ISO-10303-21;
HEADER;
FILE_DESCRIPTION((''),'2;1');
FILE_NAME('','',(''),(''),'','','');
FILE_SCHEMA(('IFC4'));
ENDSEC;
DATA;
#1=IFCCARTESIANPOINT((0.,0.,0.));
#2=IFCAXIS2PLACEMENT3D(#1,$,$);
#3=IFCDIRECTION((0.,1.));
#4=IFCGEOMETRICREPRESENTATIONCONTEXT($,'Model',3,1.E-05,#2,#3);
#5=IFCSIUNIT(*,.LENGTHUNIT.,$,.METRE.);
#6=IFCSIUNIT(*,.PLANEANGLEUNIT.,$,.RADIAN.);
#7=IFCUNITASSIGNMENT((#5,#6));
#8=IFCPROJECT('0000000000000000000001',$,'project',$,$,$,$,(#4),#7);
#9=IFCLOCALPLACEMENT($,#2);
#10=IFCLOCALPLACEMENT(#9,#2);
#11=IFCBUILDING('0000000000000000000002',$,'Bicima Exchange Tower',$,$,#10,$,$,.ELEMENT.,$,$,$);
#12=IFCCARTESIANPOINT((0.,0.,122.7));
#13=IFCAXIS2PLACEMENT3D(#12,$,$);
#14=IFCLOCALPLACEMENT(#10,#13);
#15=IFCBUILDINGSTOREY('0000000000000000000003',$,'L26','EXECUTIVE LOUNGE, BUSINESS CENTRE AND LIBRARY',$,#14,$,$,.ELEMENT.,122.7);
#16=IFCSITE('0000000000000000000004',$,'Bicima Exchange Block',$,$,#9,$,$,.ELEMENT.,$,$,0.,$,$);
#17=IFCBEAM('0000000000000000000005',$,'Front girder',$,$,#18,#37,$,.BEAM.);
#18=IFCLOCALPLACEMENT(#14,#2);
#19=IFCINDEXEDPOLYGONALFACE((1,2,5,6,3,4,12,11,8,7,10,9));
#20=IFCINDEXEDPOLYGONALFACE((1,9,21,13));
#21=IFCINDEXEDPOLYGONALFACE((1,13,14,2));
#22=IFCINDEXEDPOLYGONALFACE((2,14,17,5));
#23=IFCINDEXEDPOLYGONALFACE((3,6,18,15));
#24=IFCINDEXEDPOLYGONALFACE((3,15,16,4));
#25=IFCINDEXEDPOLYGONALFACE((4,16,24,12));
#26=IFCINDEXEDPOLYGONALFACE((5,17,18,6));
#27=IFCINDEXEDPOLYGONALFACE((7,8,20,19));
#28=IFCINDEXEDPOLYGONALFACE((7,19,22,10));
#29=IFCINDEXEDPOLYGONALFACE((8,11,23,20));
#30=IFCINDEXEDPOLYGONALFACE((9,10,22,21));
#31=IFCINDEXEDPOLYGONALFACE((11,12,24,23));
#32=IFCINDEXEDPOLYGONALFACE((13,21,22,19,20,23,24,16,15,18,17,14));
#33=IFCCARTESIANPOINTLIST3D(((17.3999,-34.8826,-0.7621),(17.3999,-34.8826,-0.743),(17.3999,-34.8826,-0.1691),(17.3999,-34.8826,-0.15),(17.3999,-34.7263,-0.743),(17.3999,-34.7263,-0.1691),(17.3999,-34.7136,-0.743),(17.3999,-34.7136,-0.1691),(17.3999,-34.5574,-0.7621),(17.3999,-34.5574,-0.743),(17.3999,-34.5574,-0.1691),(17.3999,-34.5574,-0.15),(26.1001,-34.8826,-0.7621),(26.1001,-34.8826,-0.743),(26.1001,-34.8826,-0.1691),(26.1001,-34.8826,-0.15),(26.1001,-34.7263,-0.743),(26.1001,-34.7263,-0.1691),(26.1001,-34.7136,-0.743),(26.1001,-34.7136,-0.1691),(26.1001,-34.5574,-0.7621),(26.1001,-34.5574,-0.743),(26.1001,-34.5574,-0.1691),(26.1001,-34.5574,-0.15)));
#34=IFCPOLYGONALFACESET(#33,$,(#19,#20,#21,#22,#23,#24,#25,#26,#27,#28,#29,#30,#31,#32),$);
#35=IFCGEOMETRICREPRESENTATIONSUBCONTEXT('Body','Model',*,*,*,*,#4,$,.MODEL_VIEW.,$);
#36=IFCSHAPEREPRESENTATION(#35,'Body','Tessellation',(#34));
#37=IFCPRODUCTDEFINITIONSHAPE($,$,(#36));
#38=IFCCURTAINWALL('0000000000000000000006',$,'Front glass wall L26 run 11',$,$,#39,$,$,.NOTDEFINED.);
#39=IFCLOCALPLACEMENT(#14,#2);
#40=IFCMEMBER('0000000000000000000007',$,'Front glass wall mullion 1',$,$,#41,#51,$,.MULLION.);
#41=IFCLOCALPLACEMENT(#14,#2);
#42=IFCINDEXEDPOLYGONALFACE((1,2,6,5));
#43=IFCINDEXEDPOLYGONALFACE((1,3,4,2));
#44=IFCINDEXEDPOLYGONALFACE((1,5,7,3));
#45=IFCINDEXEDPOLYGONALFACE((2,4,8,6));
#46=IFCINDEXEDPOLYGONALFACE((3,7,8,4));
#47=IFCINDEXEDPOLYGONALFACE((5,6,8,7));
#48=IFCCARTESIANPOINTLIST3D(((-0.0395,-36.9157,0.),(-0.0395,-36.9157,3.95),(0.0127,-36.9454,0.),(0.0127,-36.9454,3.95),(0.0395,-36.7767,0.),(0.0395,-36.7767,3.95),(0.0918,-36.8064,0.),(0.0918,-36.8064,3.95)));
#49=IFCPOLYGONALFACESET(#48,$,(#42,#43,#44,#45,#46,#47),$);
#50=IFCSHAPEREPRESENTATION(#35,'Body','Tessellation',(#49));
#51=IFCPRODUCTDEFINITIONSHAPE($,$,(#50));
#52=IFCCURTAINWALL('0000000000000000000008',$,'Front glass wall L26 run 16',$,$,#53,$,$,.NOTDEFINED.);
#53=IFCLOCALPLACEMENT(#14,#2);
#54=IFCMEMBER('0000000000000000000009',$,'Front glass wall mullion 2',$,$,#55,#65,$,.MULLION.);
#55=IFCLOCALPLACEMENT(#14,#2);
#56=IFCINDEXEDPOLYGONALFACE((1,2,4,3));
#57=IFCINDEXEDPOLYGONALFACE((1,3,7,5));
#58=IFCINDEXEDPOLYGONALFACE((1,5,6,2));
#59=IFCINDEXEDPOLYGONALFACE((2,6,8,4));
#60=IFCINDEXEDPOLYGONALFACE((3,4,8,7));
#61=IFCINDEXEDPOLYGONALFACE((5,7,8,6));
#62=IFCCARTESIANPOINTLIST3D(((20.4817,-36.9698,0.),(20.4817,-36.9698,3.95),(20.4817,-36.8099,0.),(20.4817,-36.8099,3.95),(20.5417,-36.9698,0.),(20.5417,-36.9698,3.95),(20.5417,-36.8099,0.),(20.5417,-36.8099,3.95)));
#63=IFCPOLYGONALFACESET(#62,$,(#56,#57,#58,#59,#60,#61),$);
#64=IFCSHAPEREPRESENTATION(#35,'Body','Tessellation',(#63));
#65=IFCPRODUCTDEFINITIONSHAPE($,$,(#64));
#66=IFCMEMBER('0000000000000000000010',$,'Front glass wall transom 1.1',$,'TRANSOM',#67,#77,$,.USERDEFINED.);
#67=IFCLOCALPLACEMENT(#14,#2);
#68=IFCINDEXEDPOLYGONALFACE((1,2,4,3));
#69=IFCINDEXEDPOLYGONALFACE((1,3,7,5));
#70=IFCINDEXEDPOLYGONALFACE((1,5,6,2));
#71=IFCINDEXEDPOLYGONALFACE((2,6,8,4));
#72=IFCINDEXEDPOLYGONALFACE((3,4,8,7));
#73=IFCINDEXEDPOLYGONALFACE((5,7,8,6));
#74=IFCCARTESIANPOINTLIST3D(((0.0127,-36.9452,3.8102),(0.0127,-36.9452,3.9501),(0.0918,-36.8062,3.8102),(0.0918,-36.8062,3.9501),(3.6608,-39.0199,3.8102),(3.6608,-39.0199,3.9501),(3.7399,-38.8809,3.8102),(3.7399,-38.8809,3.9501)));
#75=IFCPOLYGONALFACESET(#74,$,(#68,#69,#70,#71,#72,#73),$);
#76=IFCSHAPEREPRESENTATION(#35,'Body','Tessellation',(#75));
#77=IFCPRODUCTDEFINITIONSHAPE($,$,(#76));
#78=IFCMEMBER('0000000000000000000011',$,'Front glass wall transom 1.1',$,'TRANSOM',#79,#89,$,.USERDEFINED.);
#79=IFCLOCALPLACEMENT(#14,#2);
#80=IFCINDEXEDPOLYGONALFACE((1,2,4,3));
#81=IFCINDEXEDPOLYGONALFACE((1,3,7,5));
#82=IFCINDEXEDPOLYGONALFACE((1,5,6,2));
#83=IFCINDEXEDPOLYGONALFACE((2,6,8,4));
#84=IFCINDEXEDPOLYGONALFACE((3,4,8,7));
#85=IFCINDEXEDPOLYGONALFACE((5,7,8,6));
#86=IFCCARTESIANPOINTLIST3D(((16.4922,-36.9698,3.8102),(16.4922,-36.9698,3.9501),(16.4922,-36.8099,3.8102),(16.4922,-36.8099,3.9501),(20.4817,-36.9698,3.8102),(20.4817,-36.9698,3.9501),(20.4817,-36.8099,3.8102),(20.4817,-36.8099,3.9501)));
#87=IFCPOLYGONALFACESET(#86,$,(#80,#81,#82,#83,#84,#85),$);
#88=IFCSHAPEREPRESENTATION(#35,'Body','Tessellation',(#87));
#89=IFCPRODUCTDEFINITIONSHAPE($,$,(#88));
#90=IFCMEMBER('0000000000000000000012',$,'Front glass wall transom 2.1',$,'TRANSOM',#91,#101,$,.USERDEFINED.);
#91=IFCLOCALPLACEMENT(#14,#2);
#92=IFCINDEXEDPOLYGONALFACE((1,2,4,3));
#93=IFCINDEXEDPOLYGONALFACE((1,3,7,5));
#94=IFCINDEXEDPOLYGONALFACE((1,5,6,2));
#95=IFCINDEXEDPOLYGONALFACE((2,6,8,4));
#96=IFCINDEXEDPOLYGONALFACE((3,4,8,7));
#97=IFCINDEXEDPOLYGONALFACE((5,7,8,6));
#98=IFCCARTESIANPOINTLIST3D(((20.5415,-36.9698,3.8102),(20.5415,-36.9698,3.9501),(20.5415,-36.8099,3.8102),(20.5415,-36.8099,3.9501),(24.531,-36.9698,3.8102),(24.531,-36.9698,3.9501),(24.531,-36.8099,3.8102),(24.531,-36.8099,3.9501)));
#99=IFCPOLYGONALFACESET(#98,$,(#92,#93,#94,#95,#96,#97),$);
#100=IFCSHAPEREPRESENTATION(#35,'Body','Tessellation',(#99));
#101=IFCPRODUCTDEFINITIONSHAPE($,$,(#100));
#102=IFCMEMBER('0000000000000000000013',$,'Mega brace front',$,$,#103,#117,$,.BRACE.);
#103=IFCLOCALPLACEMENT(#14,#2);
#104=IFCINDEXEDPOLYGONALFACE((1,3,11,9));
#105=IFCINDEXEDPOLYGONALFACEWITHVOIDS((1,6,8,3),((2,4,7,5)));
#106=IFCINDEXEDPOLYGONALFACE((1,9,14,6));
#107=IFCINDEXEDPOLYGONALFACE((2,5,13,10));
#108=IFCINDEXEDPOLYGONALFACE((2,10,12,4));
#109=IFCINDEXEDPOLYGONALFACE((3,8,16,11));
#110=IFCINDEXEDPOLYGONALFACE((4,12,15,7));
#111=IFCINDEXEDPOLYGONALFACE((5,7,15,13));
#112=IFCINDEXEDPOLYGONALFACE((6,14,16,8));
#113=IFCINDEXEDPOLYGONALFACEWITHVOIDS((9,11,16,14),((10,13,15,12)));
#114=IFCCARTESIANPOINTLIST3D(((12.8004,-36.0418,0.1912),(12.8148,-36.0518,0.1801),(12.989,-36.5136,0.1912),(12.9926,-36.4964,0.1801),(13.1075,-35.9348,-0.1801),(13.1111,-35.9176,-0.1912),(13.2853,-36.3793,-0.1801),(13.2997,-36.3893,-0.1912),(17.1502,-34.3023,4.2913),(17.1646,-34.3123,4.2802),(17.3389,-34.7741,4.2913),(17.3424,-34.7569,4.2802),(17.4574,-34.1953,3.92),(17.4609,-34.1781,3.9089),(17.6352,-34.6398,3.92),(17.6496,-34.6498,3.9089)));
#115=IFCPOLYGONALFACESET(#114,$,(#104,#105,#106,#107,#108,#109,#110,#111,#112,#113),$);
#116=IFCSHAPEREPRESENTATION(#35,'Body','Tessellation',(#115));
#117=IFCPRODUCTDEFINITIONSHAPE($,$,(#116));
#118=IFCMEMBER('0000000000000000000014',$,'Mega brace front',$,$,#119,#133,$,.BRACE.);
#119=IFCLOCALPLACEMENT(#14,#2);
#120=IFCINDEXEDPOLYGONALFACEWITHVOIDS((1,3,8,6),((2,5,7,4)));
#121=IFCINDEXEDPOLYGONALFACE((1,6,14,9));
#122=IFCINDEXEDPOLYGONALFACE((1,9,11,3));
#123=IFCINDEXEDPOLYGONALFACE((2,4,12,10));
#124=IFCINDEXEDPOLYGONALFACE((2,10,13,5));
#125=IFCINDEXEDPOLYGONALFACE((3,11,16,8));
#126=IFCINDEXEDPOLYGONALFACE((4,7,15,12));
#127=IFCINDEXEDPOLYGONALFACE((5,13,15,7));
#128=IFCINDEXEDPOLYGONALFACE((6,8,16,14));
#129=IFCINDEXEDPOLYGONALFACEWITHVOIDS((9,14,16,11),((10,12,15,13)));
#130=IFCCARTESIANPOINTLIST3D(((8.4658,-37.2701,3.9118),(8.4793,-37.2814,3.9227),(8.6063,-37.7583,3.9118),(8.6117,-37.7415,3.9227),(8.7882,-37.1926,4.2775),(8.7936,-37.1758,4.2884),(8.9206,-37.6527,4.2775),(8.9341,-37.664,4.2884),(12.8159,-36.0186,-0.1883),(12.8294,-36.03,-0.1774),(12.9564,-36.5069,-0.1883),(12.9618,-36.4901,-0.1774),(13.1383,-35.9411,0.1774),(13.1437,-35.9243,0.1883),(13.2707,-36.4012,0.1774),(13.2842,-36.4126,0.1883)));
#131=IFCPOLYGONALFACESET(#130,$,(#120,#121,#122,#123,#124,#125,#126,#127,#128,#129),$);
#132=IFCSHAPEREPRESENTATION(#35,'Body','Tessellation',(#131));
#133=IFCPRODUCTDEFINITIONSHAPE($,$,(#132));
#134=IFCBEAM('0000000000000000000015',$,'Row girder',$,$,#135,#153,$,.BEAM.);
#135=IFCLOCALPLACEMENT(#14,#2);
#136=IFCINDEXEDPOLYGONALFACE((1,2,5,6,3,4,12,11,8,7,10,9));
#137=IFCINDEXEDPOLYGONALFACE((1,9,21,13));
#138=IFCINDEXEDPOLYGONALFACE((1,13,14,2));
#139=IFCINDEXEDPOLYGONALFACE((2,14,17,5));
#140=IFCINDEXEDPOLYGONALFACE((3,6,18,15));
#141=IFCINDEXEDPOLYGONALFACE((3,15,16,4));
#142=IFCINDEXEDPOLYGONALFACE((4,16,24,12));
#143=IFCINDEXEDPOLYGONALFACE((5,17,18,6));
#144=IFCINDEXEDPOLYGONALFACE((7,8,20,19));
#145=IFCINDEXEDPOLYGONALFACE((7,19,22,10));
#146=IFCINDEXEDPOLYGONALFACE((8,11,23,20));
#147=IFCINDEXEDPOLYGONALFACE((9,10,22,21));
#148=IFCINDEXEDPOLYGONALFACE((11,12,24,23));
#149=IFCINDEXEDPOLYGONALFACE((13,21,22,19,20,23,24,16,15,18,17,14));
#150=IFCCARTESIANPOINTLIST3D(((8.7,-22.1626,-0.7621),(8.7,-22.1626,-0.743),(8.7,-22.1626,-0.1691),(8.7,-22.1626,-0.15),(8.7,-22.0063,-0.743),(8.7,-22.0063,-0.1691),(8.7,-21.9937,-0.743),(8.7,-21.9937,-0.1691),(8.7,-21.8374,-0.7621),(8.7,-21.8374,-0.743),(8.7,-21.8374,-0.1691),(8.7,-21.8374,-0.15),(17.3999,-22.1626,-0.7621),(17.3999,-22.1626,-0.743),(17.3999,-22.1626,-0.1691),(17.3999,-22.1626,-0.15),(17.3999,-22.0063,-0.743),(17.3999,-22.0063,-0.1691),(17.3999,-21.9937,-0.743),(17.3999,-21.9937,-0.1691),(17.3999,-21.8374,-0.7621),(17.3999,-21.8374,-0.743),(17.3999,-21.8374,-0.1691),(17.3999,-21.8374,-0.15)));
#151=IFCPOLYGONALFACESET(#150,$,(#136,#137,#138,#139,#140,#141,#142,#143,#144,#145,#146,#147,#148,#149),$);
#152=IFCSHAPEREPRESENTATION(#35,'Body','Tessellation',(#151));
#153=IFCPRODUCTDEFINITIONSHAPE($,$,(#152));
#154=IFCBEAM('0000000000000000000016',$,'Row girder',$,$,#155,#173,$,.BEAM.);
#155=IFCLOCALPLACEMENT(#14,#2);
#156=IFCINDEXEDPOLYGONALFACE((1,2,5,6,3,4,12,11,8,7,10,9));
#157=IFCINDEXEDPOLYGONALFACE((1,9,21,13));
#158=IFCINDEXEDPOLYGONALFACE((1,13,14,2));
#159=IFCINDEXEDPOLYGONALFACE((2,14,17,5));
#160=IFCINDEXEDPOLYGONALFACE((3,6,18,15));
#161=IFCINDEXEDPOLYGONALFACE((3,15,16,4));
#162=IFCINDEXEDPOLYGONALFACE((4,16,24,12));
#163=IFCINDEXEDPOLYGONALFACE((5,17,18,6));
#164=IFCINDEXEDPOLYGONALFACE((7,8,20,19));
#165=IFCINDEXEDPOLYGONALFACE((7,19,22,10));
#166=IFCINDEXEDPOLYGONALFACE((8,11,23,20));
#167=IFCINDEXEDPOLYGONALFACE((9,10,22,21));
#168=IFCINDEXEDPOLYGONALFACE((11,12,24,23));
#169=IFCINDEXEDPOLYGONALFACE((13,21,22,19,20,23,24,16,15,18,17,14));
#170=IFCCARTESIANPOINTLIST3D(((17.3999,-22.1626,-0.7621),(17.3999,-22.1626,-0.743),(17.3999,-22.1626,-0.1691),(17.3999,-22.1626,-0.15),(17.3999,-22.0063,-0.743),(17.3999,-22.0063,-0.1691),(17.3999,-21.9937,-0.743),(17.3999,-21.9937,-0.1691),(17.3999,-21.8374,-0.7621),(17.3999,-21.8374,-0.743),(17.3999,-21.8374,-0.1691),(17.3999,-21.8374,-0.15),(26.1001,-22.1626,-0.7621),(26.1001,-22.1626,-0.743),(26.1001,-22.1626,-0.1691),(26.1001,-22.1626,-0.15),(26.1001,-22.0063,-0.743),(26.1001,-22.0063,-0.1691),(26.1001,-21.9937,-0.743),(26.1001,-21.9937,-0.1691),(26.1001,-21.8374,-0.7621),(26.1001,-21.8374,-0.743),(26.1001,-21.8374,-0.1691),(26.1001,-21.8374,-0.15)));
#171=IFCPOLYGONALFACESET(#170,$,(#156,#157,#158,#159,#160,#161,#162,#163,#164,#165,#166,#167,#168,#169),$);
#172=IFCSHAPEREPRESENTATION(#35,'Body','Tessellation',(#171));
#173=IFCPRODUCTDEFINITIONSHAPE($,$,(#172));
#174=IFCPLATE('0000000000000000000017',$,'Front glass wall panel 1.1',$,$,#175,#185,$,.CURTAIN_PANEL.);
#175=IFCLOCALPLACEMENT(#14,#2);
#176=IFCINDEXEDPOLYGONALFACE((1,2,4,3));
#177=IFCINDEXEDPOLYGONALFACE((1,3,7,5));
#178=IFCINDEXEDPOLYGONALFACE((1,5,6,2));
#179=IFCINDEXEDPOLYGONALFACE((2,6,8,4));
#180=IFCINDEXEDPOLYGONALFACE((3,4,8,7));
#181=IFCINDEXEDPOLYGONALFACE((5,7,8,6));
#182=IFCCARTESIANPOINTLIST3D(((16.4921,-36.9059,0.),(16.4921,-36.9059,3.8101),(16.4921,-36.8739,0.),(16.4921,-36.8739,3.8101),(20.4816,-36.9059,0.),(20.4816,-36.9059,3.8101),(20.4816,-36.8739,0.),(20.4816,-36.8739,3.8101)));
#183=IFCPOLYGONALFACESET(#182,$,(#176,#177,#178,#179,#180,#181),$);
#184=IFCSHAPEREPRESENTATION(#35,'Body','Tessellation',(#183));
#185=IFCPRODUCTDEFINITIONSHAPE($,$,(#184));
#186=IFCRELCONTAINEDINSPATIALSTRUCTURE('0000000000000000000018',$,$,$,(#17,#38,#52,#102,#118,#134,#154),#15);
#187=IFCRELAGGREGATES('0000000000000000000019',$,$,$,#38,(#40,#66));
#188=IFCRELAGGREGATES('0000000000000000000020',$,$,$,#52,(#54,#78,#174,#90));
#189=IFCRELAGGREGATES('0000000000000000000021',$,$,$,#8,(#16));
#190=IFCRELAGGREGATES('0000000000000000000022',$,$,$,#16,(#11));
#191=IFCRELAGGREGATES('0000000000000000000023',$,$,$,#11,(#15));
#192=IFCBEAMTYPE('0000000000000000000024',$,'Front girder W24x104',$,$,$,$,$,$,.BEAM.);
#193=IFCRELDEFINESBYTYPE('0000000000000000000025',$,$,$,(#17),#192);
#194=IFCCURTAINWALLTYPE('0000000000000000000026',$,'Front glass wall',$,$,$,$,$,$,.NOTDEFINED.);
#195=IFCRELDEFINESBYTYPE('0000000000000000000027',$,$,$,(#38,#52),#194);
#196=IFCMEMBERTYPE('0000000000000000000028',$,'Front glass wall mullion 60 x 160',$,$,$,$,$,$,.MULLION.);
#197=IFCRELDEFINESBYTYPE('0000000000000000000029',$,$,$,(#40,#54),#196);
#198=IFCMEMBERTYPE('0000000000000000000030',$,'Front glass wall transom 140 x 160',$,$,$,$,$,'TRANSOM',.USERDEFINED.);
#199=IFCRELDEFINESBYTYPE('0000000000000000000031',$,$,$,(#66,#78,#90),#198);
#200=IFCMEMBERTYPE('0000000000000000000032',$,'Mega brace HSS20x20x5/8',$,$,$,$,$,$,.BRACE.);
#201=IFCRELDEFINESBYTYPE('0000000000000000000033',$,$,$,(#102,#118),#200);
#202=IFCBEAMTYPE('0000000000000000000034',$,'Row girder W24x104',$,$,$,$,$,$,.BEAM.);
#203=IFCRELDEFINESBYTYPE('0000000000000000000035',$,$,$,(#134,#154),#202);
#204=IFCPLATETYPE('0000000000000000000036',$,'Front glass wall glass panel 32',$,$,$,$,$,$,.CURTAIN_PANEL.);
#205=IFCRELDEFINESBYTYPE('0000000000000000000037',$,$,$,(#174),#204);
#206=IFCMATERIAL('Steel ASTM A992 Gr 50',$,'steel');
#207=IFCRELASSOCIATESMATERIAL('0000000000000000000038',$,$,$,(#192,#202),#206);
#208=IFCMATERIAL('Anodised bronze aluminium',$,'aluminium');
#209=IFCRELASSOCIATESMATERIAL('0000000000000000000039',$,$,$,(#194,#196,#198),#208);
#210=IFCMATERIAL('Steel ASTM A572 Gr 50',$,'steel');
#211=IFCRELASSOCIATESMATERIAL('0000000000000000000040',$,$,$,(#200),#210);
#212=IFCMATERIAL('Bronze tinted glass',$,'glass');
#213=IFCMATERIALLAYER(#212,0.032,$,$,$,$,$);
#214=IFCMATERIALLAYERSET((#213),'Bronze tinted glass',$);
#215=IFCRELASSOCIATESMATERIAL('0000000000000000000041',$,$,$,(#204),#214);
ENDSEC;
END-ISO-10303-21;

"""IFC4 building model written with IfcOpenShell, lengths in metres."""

from ifc_helpers import new_model, si_unit, direction, frame, origin, origin_2d, place, context, subcontext, project, spatial, rectangle, hollow_rectangle, i_section, extrude, material, layer, layer_set, material_profile, profile_set, type_object, element, aggregate, save


model = new_model("IFC4")

# Units and contexts
model_context = context("Model", 3, precision=1e-05, world=origin(), true_north=direction((0.0, 1.0)))
body_context = subcontext(model_context, "Body", "Model", "MODEL_VIEW")
ifc_project = project(units=[si_unit("LENGTHUNIT", "METRE"), si_unit("PLANEANGLEUNIT", "RADIAN")], contexts=[model_context])

# Site, building, storey
site_placement = place(None, origin())
site = spatial("IfcSite", under=ifc_project, at=site_placement, Name="Bicima Exchange Block", CompositionType="ELEMENT", RefElevation=0.0)
building_placement = place(site_placement, origin())
building = spatial("IfcBuilding", under=site, at=building_placement, Name="Bicima Exchange Tower", CompositionType="ELEMENT")
storey_placement = place(building_placement, frame((0.0, 0.0, 122.7)))
storey = spatial("IfcBuildingStorey", under=building, at=storey_placement, Name="L26", Description="EXECUTIVE LOUNGE, BUSINESS CENTRE AND LIBRARY", CompositionType="ELEMENT", Elevation=122.7)

# Shared definitions
ifc_material_1 = material(Name="Steel ASTM A992 Gr 50", Category="steel")

# Beam
ifc_material_profile_1 = material_profile(ifc_material_1, i_section(OverallWidth=0.3252, OverallDepth=0.6121, WebThickness=0.0127, FlangeThickness=0.019, at=origin_2d()))
ifc_profile_set_1 = profile_set([ifc_material_profile_1], Name="Steel ASTM A992 Gr 50")
beam_type_1 = type_object("IfcBeamType", Name="Front girder W24x104", PredefinedType="BEAM", material=ifc_profile_set_1)
beam_1_placement = place(storey_placement, frame((17.3999, -34.72, -0.4561), z_axis=(1.0, 0.0, 0.0), x_axis=(0.0, 1.0, 0.0)))
element("IfcBeam", 1, at=beam_1_placement, inside=storey, type_object=beam_type_1, Name="Front girder", PredefinedType="BEAM", context=body_context, shape_type="SweptSolid", body=[
    extrude(i_section(OverallWidth=0.3252, OverallDepth=0.6121, WebThickness=0.0127, FlangeThickness=0.019, at=origin_2d()), origin(), (0.0, 0.0, 1.0), 8.7002),
])

# Curtain walls, members
ifc_material_2 = material(Name="Anodised bronze aluminium", Category="aluminium")
curtain_wall_type = type_object("IfcCurtainWallType", Name="Front glass wall", PredefinedType="NOTDEFINED", material=ifc_material_2)
curtain_wall_1_placement = place(storey_placement, origin())
curtain_wall_1 = element("IfcCurtainWall", 2, at=curtain_wall_1_placement, inside=storey, type_object=curtain_wall_type, Name="Front glass wall L26 run 11", PredefinedType="NOTDEFINED")
ifc_material_profile_2 = material_profile(ifc_material_2, rectangle(XDim=0.1599, YDim=0.0601, at=origin_2d()))
ifc_profile_set_2 = profile_set([ifc_material_profile_2], Name="Anodised bronze aluminium")
member_type_1 = type_object("IfcMemberType", Name="Front glass wall mullion 60 x 160", PredefinedType="MULLION", material=ifc_profile_set_2)
member_1_placement = place(storey_placement, frame((0.0261, -36.8611, 0.0), z_axis=(0.0, 0.0, 1.0), x_axis=(0.49433, 0.869274, 0.0)))
member_1 = element("IfcMember", 3, at=member_1_placement, type_object=member_type_1, Name="Front glass wall mullion 1", PredefinedType="MULLION", context=body_context, shape_type="SweptSolid", body=[
    extrude(rectangle(XDim=0.1599, YDim=0.0601, at=origin_2d()), origin(), (0.0, 0.0, 1.0), 3.95),
])
curtain_wall_2_placement = place(storey_placement, origin())
curtain_wall_2 = element("IfcCurtainWall", 4, at=curtain_wall_2_placement, inside=storey, type_object=curtain_wall_type, Name="Front glass wall L26 run 16", PredefinedType="NOTDEFINED")
member_2_placement = place(storey_placement, frame((20.5117, -36.8899, 0.0), z_axis=(0.0, 0.0, 1.0), x_axis=(0.0, 1.0, 0.0)))
member_2 = element("IfcMember", 5, at=member_2_placement, type_object=member_type_1, Name="Front glass wall mullion 2", PredefinedType="MULLION", context=body_context, shape_type="SweptSolid", body=[
    extrude(rectangle(XDim=0.1599, YDim=0.0601, at=origin_2d()), origin(), (0.0, 0.0, 1.0), 3.95),
])

# Members
ifc_material_profile_3 = material_profile(ifc_material_2, rectangle(XDim=0.1599, YDim=0.1399, at=origin_2d()))
ifc_profile_set_3 = profile_set([ifc_material_profile_3], Name="Anodised bronze aluminium")
member_type_2 = type_object("IfcMemberType", Name="Front glass wall transom 140 x 160", ElementType="TRANSOM", PredefinedType="USERDEFINED", material=ifc_profile_set_3)
member_3_placement = place(storey_placement, frame((0.0522, -36.8757, 3.8801), z_axis=(0.869265, -0.494346, 0.0), x_axis=(0.494346, 0.869265, 0.0)))
member_3 = element("IfcMember", 6, at=member_3_placement, type_object=member_type_2, Name="Front glass wall transom 1.1", ObjectType="TRANSOM", PredefinedType="USERDEFINED", context=body_context, shape_type="SweptSolid", body=[
    extrude(rectangle(XDim=0.1599, YDim=0.1399, at=origin_2d()), origin(), (0.0, 0.0, 1.0), 4.1968),
])
aggregate(curtain_wall_1, [member_1, member_3])
member_4_placement = place(storey_placement, frame((16.4922, -36.8899, 3.8801), z_axis=(1.0, 0.0, 0.0), x_axis=(0.0, 1.0, 0.0)))
member_4 = element("IfcMember", 7, at=member_4_placement, type_object=member_type_2, Name="Front glass wall transom 1.1", ObjectType="TRANSOM", PredefinedType="USERDEFINED", context=body_context, shape_type="SweptSolid", body=[
    extrude(rectangle(XDim=0.1599, YDim=0.1399, at=origin_2d()), origin(), (0.0, 0.0, 1.0), 3.9895),
])
member_5_placement = place(storey_placement, frame((20.5415, -36.8899, 3.8801), z_axis=(1.0, 0.0, 0.0), x_axis=(0.0, 1.0, 0.0)))
member_5 = element("IfcMember", 8, at=member_5_placement, type_object=member_type_2, Name="Front glass wall transom 2.1", ObjectType="TRANSOM", PredefinedType="USERDEFINED", context=body_context, shape_type="SweptSolid", body=[
    extrude(rectangle(XDim=0.1599, YDim=0.1399, at=origin_2d()), origin(), (0.0, 0.0, 1.0), 3.9895),
])

# Members
ifc_material_3 = material(Name="Steel ASTM A572 Gr 50", Category="steel")
ifc_material_profile_4 = material_profile(ifc_material_3, hollow_rectangle(XDim=0.5081, YDim=0.5081, WallThickness=0.0146, at=origin_2d()))
ifc_profile_set_4 = profile_set([ifc_material_profile_4], Name="Steel ASTM A572 Gr 50")
member_type_3 = type_object("IfcMemberType", Name="Mega brace HSS20x20x5/8", PredefinedType="BRACE", material=ifc_profile_set_4)
member_6_placement = place(storey_placement, frame((13.05, -36.2156, 0.0), z_axis=(0.698706, 0.279412, 0.658588), x_axis=(-0.37131, 0.928509, 0.0)))
element("IfcMember", 9, at=member_6_placement, inside=storey, type_object=member_type_3, Name="Mega brace front", PredefinedType="BRACE", context=body_context, shape_type="SweptSolid", body=[
    extrude(hollow_rectangle(XDim=0.5081, YDim=0.5081, WallThickness=0.0146, at=origin_2d()), origin(), (0.0, 0.0, 1.0), 6.2256),
])
member_7_placement = place(storey_placement, frame((13.05, -36.2156, 0.0), z_axis=(-0.712267, -0.20491, 0.671333), x_axis=(0.276473, -0.961022, 0.0)))
element("IfcMember", 10, at=member_7_placement, inside=storey, type_object=member_type_3, Name="Mega brace front", PredefinedType="BRACE", context=body_context, shape_type="SweptSolid", body=[
    extrude(hollow_rectangle(XDim=0.5081, YDim=0.5081, WallThickness=0.0146, at=origin_2d()), origin(), (0.0, 0.0, 1.0), 6.1074),
])

# Beams
beam_type_2 = type_object("IfcBeamType", Name="Row girder W24x104", PredefinedType="BEAM", material=ifc_profile_set_1)
beam_2_placement = place(storey_placement, frame((8.7, -22.0, -0.4561), z_axis=(1.0, 0.0, 0.0), x_axis=(0.0, 1.0, 0.0)))
element("IfcBeam", 11, at=beam_2_placement, inside=storey, type_object=beam_type_2, Name="Row girder", PredefinedType="BEAM", context=body_context, shape_type="SweptSolid", body=[
    extrude(i_section(OverallWidth=0.3252, OverallDepth=0.6121, WebThickness=0.0127, FlangeThickness=0.019, at=origin_2d()), origin(), (0.0, 0.0, 1.0), 8.7),
])
beam_3_placement = place(storey_placement, frame((17.3999, -22.0, -0.4561), z_axis=(1.0, 0.0, 0.0), x_axis=(0.0, 1.0, 0.0)))
element("IfcBeam", 12, at=beam_3_placement, inside=storey, type_object=beam_type_2, Name="Row girder", PredefinedType="BEAM", context=body_context, shape_type="SweptSolid", body=[
    extrude(i_section(OverallWidth=0.3252, OverallDepth=0.6121, WebThickness=0.0127, FlangeThickness=0.019, at=origin_2d()), origin(), (0.0, 0.0, 1.0), 8.7002),
])

# Plate
ifc_material_4 = material(Name="Bronze tinted glass", Category="glass")
ifc_layer_1 = layer(ifc_material_4, 0.032)
ifc_layer_set_1 = layer_set([ifc_layer_1], Name="Bronze tinted glass")
plate_type = type_object("IfcPlateType", Name="Front glass wall glass panel 32", PredefinedType="CURTAIN_PANEL", material=ifc_layer_set_1)
plate_placement = place(storey_placement, frame((18.4868, -36.8899, 0.0), z_axis=(0.0, 0.0, 1.0), x_axis=(1.0, 0.0, 0.0)))
plate = element("IfcPlate", 13, at=plate_placement, type_object=plate_type, Name="Front glass wall panel 1.1", PredefinedType="CURTAIN_PANEL", context=body_context, shape_type="SweptSolid", body=[
    extrude(rectangle(XDim=3.9895, YDim=0.032, at=origin_2d()), origin(), (0.0, 0.0, 1.0), 3.8101),
])
aggregate(curtain_wall_2, [member_2, member_4, plate, member_5])

save(model, "model.ifc")
